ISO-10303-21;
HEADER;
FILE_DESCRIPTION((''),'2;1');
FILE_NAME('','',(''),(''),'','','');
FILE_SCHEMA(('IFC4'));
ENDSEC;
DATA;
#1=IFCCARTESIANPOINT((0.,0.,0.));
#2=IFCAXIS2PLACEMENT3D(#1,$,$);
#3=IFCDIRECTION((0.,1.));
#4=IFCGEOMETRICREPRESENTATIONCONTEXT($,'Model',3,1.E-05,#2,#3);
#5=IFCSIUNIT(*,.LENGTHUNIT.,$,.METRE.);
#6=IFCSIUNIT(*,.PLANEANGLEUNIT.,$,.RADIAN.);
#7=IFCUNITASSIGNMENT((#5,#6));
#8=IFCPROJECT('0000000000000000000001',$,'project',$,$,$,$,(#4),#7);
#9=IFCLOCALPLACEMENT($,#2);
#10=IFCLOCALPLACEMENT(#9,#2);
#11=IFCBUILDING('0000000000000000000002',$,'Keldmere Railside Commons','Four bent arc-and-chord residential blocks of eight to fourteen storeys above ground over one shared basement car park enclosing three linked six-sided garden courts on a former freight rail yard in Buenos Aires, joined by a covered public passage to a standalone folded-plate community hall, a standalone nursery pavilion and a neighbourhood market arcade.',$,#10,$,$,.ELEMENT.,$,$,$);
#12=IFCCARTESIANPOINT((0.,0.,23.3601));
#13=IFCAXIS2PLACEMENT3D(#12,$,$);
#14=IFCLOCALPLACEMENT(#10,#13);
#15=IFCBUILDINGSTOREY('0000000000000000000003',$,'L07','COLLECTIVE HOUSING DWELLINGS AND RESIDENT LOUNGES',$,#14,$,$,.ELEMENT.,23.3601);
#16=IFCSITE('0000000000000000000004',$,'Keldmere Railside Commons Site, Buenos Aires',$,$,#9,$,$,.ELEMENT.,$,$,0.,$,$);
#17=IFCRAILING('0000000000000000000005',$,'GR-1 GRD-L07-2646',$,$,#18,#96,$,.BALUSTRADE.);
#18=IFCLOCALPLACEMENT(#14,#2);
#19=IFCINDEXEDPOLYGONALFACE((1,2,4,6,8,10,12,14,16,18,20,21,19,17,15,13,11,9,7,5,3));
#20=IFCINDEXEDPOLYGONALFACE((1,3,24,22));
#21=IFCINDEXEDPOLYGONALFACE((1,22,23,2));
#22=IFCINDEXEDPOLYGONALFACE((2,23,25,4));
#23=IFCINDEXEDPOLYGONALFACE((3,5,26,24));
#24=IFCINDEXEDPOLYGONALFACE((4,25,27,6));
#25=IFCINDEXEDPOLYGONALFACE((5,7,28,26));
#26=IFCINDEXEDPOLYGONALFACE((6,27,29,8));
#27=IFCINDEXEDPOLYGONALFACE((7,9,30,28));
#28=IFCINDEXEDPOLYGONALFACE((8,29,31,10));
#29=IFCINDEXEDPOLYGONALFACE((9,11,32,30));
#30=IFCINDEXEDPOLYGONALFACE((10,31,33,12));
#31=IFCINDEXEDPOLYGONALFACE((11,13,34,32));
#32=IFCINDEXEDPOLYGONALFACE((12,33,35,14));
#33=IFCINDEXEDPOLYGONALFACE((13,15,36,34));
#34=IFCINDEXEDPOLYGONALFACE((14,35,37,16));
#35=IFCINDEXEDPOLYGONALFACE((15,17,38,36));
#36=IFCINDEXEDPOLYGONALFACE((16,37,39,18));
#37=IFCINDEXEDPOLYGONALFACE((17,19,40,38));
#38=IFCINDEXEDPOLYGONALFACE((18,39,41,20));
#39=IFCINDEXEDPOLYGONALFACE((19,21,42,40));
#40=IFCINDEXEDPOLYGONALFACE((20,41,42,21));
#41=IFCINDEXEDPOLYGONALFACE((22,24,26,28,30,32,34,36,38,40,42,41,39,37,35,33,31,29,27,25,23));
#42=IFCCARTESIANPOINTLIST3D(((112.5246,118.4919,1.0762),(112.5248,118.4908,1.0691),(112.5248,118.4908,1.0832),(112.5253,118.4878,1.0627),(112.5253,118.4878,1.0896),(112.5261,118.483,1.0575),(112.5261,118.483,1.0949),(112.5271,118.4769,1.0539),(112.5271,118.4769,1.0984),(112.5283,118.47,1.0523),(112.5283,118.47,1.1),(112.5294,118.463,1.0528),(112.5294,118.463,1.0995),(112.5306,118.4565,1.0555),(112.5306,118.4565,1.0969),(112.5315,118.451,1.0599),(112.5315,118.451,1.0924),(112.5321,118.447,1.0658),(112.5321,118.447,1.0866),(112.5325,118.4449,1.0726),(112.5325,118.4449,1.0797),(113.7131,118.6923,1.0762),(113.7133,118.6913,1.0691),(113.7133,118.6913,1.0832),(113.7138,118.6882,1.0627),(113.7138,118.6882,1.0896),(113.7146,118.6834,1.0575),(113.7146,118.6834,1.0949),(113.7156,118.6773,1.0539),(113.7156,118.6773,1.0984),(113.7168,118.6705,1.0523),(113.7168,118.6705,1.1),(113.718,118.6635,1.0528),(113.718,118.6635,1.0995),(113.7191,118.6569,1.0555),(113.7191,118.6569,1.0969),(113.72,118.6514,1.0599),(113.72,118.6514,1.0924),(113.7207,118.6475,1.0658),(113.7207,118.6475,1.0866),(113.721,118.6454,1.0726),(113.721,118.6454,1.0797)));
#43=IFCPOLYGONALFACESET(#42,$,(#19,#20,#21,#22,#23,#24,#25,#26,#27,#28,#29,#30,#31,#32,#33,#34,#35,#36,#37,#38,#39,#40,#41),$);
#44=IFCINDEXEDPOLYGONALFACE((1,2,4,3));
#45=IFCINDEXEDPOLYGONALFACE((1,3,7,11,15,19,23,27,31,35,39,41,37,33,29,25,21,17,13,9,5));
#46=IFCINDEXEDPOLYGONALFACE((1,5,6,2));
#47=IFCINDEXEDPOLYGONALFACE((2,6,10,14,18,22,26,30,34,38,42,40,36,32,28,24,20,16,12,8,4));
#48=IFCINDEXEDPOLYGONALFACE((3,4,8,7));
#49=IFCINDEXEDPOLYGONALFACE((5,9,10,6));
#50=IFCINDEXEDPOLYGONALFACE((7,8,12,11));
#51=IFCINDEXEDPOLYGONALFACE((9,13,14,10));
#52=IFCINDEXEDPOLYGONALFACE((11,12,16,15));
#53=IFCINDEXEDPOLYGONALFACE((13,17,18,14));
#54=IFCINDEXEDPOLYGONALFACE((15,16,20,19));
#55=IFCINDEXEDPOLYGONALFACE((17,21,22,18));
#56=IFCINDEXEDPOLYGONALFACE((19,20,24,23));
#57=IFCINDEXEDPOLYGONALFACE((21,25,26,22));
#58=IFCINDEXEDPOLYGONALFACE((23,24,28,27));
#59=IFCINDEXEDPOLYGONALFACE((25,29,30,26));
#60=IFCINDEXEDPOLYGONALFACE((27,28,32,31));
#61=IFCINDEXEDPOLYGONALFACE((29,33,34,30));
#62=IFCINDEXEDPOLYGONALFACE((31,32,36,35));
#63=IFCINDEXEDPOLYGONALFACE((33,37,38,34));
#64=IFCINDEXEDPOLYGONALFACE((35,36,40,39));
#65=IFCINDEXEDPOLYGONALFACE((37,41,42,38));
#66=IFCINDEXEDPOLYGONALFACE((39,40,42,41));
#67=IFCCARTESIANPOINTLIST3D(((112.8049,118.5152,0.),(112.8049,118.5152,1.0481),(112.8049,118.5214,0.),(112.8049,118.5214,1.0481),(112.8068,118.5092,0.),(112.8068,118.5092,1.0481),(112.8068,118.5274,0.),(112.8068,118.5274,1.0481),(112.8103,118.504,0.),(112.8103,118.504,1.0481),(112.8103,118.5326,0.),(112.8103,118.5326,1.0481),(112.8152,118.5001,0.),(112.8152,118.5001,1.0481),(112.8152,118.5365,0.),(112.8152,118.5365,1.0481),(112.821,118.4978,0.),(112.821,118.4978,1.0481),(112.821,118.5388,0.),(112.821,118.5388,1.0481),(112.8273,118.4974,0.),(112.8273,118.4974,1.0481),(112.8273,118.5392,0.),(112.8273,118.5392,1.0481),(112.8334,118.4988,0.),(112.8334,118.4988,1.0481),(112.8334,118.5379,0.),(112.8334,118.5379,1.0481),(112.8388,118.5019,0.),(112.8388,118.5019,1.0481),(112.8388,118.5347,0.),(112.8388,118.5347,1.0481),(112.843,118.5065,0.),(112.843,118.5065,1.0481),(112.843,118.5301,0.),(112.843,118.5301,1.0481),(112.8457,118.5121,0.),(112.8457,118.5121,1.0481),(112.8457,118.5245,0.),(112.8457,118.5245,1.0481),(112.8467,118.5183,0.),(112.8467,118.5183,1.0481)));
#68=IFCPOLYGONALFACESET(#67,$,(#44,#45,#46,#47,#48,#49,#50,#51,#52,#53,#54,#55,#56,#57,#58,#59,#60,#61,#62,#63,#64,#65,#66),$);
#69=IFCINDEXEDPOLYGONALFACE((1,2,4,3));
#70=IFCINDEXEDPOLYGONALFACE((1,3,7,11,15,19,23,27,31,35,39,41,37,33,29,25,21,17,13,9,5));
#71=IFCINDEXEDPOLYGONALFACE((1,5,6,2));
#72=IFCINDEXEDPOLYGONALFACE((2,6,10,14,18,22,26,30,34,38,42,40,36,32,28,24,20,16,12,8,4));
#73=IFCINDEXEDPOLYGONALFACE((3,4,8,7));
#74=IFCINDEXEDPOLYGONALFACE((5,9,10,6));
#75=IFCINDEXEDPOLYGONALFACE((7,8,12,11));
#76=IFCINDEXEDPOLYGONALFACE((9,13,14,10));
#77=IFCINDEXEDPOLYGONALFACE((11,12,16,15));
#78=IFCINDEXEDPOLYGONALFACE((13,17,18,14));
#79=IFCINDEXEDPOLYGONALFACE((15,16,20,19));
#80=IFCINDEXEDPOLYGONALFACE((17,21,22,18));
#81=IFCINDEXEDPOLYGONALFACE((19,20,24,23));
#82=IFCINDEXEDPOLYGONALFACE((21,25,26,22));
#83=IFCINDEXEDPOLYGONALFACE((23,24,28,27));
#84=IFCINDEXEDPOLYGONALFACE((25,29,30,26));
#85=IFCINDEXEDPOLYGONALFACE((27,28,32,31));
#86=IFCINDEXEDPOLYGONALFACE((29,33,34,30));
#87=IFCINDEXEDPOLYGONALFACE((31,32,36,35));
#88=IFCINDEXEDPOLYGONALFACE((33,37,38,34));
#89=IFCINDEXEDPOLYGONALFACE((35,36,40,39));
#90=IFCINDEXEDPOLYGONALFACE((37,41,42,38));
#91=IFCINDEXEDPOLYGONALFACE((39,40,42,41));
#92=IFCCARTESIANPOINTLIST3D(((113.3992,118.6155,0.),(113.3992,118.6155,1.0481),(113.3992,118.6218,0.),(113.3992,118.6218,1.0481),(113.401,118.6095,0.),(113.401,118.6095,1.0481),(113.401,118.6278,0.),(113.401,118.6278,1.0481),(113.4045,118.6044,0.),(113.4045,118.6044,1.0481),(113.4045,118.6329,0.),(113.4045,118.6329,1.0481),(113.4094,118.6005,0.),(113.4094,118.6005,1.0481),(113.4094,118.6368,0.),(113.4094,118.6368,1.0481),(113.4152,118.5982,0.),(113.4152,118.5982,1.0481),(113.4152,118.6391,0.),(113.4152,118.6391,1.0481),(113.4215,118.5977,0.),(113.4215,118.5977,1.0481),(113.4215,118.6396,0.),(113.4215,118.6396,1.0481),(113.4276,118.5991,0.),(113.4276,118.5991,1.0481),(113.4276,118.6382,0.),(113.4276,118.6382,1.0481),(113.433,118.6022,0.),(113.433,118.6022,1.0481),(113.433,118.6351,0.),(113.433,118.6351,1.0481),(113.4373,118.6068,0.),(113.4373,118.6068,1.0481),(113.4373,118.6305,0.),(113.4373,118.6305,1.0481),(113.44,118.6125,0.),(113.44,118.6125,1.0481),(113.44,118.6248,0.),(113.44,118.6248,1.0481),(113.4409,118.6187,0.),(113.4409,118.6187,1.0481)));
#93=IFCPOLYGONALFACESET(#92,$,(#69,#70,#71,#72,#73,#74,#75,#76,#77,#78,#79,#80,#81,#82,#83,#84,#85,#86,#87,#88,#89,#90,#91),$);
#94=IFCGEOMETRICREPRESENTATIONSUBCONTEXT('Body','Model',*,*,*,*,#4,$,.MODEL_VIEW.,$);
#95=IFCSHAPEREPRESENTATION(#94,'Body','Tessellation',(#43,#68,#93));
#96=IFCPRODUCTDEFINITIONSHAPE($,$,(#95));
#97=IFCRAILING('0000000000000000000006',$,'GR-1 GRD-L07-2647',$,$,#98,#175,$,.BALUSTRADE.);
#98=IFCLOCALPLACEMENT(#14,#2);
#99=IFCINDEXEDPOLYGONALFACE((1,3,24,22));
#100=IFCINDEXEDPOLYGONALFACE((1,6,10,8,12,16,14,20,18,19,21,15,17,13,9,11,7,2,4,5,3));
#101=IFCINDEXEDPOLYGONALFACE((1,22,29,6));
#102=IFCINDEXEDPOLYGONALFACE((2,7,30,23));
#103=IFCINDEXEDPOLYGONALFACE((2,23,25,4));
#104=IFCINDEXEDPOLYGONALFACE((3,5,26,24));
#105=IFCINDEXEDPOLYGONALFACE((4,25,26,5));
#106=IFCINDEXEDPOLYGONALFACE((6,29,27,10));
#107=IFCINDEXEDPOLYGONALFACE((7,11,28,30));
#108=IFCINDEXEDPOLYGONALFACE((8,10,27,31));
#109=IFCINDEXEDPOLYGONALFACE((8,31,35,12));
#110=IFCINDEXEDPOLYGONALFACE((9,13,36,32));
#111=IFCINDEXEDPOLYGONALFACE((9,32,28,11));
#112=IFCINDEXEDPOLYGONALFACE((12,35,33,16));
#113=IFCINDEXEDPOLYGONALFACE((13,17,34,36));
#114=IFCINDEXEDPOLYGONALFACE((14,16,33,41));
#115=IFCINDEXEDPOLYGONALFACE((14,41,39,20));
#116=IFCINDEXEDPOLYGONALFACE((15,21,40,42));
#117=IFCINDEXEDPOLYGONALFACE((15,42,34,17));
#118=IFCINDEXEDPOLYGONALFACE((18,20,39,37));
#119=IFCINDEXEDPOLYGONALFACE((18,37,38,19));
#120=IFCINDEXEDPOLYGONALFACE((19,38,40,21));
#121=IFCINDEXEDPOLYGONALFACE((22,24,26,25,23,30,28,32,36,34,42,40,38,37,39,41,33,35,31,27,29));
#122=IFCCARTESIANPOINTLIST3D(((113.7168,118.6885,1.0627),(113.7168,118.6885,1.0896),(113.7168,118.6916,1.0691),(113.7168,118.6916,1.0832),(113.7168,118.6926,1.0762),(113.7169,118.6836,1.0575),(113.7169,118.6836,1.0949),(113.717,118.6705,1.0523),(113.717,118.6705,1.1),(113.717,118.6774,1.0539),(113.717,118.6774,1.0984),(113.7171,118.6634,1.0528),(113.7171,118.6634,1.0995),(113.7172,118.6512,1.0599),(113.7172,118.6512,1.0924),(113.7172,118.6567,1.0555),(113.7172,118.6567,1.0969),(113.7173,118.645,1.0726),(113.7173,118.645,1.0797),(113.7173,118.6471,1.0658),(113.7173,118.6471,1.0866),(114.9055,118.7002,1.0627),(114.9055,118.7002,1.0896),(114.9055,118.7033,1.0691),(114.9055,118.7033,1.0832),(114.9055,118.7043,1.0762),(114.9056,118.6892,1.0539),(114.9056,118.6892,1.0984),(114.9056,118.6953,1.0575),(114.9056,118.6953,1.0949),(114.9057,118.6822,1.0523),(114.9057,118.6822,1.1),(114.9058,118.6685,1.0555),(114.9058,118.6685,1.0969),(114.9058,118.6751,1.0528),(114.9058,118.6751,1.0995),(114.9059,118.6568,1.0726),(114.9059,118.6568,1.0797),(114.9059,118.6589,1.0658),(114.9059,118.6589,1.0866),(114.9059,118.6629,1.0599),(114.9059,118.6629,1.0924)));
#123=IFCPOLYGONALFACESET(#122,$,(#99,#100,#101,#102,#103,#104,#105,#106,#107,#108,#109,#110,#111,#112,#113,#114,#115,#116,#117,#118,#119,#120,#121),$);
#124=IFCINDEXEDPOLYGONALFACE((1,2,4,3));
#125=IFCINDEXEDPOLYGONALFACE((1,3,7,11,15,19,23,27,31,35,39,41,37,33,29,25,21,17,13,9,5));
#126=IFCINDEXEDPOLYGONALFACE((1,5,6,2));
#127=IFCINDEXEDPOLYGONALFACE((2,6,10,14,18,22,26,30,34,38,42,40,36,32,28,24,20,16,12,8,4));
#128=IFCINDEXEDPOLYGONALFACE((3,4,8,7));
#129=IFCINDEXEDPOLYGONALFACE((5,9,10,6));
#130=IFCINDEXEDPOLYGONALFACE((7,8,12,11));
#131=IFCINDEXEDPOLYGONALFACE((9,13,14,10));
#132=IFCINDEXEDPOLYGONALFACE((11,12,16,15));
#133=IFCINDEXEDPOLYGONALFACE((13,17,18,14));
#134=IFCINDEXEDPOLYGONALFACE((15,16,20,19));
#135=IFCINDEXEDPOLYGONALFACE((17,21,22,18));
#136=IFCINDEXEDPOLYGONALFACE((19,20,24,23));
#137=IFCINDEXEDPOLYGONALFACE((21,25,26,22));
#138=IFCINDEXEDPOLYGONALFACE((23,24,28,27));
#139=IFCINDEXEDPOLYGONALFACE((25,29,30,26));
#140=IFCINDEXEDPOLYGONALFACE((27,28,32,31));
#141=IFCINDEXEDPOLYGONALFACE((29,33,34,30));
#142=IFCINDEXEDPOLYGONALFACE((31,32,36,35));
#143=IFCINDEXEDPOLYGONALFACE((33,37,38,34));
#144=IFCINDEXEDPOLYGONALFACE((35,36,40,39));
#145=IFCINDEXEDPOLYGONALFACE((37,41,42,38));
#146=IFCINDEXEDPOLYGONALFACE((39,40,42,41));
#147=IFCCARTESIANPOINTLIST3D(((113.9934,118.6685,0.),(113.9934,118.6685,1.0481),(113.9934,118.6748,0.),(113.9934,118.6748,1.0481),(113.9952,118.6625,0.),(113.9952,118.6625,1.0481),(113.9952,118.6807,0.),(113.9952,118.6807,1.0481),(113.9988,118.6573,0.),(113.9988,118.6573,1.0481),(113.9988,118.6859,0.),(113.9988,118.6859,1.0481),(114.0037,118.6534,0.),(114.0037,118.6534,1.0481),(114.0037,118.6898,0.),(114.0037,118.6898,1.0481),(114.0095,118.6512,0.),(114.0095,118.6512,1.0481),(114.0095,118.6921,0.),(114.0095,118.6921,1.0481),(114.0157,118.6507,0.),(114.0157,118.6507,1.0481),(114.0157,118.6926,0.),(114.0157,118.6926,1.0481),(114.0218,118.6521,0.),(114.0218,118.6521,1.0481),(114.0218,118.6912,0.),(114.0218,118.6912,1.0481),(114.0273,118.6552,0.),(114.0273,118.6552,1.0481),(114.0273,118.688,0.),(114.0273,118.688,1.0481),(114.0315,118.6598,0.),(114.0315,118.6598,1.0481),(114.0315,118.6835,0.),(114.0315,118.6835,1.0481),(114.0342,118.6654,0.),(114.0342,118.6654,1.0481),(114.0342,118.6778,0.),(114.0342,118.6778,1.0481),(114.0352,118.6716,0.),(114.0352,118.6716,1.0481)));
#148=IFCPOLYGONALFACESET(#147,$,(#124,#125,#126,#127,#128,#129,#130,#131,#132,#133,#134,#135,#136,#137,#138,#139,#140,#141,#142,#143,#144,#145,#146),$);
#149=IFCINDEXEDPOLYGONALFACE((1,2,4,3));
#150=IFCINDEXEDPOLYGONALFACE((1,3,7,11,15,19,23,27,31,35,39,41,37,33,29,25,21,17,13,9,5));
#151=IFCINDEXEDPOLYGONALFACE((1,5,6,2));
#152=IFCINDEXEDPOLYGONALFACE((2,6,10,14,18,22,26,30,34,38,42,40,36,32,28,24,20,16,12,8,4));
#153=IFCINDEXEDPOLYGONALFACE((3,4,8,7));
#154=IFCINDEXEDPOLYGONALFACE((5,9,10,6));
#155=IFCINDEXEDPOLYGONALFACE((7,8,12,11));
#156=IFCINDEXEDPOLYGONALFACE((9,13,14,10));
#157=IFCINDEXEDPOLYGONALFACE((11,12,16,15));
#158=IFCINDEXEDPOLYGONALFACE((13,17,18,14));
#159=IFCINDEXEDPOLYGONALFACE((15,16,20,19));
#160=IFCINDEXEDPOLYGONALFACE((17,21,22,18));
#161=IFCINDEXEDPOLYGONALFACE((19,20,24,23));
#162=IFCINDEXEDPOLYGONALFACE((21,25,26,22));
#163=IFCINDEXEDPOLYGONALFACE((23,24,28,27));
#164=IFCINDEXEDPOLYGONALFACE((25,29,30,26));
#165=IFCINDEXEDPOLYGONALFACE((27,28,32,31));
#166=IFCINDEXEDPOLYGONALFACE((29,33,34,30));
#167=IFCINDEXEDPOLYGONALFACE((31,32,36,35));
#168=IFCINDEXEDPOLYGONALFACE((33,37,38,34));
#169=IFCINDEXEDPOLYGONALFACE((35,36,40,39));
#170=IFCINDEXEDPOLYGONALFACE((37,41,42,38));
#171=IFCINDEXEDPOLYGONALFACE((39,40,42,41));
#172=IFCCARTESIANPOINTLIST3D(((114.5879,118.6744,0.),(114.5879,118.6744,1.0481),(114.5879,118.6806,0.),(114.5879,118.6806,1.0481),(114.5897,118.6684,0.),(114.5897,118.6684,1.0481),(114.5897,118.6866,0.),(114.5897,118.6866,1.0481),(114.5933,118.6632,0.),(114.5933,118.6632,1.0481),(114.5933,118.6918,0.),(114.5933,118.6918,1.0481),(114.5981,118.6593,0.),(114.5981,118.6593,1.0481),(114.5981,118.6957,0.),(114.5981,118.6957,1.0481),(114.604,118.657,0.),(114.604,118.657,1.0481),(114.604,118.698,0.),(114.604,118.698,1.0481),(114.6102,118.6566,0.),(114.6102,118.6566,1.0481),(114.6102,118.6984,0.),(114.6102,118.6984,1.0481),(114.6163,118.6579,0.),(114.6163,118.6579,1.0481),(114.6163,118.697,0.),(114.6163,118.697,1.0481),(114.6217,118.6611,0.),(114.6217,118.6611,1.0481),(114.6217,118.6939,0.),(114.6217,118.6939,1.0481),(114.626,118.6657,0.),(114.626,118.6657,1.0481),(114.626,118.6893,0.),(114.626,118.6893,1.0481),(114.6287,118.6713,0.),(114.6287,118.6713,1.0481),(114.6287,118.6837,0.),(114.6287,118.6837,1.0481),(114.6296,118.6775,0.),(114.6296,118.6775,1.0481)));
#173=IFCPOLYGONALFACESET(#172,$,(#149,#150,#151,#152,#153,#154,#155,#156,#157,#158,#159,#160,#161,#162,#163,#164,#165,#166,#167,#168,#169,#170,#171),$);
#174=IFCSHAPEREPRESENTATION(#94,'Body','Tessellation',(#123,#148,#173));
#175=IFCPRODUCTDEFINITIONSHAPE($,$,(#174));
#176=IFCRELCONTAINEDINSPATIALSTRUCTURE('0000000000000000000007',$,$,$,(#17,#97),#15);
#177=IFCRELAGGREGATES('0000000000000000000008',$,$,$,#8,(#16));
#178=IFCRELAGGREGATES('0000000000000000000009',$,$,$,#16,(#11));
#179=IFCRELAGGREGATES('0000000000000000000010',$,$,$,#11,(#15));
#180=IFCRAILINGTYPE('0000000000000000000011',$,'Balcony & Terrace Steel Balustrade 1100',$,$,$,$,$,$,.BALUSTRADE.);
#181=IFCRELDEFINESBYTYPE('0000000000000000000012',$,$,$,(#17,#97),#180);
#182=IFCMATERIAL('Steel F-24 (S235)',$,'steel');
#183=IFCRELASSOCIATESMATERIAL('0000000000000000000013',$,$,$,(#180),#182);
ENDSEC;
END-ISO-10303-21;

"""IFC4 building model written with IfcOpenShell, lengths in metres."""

from ifc_helpers import new_model, si_unit, direction, frame, origin, origin_2d, place, context, subcontext, project, spatial, circle, extrude, material, type_object, element, save


model = new_model("IFC4")

# Units and contexts
model_context = context("Model", 3, precision=1e-05, world=origin(), true_north=direction((0.0, 1.0)))
body_context = subcontext(model_context, "Body", "Model", "MODEL_VIEW")
ifc_project = project(units=[si_unit("LENGTHUNIT", "METRE"), si_unit("PLANEANGLEUNIT", "RADIAN")], contexts=[model_context])

# Site, building, storey
site_placement = place(None, origin())
site = spatial("IfcSite", under=ifc_project, at=site_placement, Name="Keldmere Railside Commons Site, Buenos Aires", CompositionType="ELEMENT", RefElevation=0.0)
building_placement = place(site_placement, origin())
building = spatial("IfcBuilding", under=site, at=building_placement, Name="Keldmere Railside Commons", Description="Four bent arc-and-chord residential blocks of eight to fourteen storeys above ground over one shared basement car park enclosing three linked six-sided garden courts on a former freight rail yard in Buenos Aires, joined by a covered public passage to a standalone folded-plate community hall, a standalone nursery pavilion and a neighbourhood market arcade.", CompositionType="ELEMENT")
storey_placement = place(building_placement, frame((0.0, 0.0, 23.3601)))
storey = spatial("IfcBuildingStorey", under=building, at=storey_placement, Name="L07", Description="COLLECTIVE HOUSING DWELLINGS AND RESIDENT LOUNGES", CompositionType="ELEMENT", Elevation=23.3601)

# Shared definitions
ifc_material_1 = material(Name="Steel F-24 (S235)", Category="steel")

# Railings
railing_type = type_object("IfcRailingType", Name="Balcony & Terrace Steel Balustrade 1100", PredefinedType="BALUSTRADE", material=ifc_material_1)
railing_1_placement = place(storey_placement, frame((112.5286, 118.4683, 0.0)))
element("IfcRailing", 1, at=railing_1_placement, inside=storey, type_object=railing_type, Name="GR-1 GRD-L07-2646", PredefinedType="BALUSTRADE", context=body_context, shape_type="SweptSolid", body=[
    extrude(circle(Radius=0.0239, at=origin_2d()), frame((0.0, 0.0, 1.0762), z_axis=(0.986075, 0.166304, 0.0), x_axis=(-0.166304, 0.986075, 0.0)), (0.0, 0.0, 1.0), 1.2053),
    extrude(circle(Radius=0.021, at=origin_2d()), frame((0.2971, 0.05, 0.0)), (0.0, 0.0, 1.0), 1.0481),
    extrude(circle(Radius=0.021, at=origin_2d()), frame((0.8914, 0.1504, 0.0)), (0.0, 0.0, 1.0), 1.0481),
])
railing_2_placement = place(storey_placement, frame((113.717, 118.6687, 0.0)))
element("IfcRailing", 2, at=railing_2_placement, inside=storey, type_object=railing_type, Name="GR-1 GRD-L07-2647", PredefinedType="BALUSTRADE", context=body_context, shape_type="SweptSolid", body=[
    extrude(circle(Radius=0.0239, at=origin_2d()), frame((0.0, 0.0, 1.0762), z_axis=(0.999951, 0.009858, 0.0), x_axis=(-0.009858, 0.999951, 0.0)), (0.0, 0.0, 1.0), 1.1887),
    extrude(circle(Radius=0.021, at=origin_2d()), frame((0.2971, 0.0029, 0.0)), (0.0, 0.0, 1.0), 1.0481),
    extrude(circle(Radius=0.021, at=origin_2d()), frame((0.8916, 0.0088, 0.0)), (0.0, 0.0, 1.0), 1.0481),
])

save(model, "model.ifc")
